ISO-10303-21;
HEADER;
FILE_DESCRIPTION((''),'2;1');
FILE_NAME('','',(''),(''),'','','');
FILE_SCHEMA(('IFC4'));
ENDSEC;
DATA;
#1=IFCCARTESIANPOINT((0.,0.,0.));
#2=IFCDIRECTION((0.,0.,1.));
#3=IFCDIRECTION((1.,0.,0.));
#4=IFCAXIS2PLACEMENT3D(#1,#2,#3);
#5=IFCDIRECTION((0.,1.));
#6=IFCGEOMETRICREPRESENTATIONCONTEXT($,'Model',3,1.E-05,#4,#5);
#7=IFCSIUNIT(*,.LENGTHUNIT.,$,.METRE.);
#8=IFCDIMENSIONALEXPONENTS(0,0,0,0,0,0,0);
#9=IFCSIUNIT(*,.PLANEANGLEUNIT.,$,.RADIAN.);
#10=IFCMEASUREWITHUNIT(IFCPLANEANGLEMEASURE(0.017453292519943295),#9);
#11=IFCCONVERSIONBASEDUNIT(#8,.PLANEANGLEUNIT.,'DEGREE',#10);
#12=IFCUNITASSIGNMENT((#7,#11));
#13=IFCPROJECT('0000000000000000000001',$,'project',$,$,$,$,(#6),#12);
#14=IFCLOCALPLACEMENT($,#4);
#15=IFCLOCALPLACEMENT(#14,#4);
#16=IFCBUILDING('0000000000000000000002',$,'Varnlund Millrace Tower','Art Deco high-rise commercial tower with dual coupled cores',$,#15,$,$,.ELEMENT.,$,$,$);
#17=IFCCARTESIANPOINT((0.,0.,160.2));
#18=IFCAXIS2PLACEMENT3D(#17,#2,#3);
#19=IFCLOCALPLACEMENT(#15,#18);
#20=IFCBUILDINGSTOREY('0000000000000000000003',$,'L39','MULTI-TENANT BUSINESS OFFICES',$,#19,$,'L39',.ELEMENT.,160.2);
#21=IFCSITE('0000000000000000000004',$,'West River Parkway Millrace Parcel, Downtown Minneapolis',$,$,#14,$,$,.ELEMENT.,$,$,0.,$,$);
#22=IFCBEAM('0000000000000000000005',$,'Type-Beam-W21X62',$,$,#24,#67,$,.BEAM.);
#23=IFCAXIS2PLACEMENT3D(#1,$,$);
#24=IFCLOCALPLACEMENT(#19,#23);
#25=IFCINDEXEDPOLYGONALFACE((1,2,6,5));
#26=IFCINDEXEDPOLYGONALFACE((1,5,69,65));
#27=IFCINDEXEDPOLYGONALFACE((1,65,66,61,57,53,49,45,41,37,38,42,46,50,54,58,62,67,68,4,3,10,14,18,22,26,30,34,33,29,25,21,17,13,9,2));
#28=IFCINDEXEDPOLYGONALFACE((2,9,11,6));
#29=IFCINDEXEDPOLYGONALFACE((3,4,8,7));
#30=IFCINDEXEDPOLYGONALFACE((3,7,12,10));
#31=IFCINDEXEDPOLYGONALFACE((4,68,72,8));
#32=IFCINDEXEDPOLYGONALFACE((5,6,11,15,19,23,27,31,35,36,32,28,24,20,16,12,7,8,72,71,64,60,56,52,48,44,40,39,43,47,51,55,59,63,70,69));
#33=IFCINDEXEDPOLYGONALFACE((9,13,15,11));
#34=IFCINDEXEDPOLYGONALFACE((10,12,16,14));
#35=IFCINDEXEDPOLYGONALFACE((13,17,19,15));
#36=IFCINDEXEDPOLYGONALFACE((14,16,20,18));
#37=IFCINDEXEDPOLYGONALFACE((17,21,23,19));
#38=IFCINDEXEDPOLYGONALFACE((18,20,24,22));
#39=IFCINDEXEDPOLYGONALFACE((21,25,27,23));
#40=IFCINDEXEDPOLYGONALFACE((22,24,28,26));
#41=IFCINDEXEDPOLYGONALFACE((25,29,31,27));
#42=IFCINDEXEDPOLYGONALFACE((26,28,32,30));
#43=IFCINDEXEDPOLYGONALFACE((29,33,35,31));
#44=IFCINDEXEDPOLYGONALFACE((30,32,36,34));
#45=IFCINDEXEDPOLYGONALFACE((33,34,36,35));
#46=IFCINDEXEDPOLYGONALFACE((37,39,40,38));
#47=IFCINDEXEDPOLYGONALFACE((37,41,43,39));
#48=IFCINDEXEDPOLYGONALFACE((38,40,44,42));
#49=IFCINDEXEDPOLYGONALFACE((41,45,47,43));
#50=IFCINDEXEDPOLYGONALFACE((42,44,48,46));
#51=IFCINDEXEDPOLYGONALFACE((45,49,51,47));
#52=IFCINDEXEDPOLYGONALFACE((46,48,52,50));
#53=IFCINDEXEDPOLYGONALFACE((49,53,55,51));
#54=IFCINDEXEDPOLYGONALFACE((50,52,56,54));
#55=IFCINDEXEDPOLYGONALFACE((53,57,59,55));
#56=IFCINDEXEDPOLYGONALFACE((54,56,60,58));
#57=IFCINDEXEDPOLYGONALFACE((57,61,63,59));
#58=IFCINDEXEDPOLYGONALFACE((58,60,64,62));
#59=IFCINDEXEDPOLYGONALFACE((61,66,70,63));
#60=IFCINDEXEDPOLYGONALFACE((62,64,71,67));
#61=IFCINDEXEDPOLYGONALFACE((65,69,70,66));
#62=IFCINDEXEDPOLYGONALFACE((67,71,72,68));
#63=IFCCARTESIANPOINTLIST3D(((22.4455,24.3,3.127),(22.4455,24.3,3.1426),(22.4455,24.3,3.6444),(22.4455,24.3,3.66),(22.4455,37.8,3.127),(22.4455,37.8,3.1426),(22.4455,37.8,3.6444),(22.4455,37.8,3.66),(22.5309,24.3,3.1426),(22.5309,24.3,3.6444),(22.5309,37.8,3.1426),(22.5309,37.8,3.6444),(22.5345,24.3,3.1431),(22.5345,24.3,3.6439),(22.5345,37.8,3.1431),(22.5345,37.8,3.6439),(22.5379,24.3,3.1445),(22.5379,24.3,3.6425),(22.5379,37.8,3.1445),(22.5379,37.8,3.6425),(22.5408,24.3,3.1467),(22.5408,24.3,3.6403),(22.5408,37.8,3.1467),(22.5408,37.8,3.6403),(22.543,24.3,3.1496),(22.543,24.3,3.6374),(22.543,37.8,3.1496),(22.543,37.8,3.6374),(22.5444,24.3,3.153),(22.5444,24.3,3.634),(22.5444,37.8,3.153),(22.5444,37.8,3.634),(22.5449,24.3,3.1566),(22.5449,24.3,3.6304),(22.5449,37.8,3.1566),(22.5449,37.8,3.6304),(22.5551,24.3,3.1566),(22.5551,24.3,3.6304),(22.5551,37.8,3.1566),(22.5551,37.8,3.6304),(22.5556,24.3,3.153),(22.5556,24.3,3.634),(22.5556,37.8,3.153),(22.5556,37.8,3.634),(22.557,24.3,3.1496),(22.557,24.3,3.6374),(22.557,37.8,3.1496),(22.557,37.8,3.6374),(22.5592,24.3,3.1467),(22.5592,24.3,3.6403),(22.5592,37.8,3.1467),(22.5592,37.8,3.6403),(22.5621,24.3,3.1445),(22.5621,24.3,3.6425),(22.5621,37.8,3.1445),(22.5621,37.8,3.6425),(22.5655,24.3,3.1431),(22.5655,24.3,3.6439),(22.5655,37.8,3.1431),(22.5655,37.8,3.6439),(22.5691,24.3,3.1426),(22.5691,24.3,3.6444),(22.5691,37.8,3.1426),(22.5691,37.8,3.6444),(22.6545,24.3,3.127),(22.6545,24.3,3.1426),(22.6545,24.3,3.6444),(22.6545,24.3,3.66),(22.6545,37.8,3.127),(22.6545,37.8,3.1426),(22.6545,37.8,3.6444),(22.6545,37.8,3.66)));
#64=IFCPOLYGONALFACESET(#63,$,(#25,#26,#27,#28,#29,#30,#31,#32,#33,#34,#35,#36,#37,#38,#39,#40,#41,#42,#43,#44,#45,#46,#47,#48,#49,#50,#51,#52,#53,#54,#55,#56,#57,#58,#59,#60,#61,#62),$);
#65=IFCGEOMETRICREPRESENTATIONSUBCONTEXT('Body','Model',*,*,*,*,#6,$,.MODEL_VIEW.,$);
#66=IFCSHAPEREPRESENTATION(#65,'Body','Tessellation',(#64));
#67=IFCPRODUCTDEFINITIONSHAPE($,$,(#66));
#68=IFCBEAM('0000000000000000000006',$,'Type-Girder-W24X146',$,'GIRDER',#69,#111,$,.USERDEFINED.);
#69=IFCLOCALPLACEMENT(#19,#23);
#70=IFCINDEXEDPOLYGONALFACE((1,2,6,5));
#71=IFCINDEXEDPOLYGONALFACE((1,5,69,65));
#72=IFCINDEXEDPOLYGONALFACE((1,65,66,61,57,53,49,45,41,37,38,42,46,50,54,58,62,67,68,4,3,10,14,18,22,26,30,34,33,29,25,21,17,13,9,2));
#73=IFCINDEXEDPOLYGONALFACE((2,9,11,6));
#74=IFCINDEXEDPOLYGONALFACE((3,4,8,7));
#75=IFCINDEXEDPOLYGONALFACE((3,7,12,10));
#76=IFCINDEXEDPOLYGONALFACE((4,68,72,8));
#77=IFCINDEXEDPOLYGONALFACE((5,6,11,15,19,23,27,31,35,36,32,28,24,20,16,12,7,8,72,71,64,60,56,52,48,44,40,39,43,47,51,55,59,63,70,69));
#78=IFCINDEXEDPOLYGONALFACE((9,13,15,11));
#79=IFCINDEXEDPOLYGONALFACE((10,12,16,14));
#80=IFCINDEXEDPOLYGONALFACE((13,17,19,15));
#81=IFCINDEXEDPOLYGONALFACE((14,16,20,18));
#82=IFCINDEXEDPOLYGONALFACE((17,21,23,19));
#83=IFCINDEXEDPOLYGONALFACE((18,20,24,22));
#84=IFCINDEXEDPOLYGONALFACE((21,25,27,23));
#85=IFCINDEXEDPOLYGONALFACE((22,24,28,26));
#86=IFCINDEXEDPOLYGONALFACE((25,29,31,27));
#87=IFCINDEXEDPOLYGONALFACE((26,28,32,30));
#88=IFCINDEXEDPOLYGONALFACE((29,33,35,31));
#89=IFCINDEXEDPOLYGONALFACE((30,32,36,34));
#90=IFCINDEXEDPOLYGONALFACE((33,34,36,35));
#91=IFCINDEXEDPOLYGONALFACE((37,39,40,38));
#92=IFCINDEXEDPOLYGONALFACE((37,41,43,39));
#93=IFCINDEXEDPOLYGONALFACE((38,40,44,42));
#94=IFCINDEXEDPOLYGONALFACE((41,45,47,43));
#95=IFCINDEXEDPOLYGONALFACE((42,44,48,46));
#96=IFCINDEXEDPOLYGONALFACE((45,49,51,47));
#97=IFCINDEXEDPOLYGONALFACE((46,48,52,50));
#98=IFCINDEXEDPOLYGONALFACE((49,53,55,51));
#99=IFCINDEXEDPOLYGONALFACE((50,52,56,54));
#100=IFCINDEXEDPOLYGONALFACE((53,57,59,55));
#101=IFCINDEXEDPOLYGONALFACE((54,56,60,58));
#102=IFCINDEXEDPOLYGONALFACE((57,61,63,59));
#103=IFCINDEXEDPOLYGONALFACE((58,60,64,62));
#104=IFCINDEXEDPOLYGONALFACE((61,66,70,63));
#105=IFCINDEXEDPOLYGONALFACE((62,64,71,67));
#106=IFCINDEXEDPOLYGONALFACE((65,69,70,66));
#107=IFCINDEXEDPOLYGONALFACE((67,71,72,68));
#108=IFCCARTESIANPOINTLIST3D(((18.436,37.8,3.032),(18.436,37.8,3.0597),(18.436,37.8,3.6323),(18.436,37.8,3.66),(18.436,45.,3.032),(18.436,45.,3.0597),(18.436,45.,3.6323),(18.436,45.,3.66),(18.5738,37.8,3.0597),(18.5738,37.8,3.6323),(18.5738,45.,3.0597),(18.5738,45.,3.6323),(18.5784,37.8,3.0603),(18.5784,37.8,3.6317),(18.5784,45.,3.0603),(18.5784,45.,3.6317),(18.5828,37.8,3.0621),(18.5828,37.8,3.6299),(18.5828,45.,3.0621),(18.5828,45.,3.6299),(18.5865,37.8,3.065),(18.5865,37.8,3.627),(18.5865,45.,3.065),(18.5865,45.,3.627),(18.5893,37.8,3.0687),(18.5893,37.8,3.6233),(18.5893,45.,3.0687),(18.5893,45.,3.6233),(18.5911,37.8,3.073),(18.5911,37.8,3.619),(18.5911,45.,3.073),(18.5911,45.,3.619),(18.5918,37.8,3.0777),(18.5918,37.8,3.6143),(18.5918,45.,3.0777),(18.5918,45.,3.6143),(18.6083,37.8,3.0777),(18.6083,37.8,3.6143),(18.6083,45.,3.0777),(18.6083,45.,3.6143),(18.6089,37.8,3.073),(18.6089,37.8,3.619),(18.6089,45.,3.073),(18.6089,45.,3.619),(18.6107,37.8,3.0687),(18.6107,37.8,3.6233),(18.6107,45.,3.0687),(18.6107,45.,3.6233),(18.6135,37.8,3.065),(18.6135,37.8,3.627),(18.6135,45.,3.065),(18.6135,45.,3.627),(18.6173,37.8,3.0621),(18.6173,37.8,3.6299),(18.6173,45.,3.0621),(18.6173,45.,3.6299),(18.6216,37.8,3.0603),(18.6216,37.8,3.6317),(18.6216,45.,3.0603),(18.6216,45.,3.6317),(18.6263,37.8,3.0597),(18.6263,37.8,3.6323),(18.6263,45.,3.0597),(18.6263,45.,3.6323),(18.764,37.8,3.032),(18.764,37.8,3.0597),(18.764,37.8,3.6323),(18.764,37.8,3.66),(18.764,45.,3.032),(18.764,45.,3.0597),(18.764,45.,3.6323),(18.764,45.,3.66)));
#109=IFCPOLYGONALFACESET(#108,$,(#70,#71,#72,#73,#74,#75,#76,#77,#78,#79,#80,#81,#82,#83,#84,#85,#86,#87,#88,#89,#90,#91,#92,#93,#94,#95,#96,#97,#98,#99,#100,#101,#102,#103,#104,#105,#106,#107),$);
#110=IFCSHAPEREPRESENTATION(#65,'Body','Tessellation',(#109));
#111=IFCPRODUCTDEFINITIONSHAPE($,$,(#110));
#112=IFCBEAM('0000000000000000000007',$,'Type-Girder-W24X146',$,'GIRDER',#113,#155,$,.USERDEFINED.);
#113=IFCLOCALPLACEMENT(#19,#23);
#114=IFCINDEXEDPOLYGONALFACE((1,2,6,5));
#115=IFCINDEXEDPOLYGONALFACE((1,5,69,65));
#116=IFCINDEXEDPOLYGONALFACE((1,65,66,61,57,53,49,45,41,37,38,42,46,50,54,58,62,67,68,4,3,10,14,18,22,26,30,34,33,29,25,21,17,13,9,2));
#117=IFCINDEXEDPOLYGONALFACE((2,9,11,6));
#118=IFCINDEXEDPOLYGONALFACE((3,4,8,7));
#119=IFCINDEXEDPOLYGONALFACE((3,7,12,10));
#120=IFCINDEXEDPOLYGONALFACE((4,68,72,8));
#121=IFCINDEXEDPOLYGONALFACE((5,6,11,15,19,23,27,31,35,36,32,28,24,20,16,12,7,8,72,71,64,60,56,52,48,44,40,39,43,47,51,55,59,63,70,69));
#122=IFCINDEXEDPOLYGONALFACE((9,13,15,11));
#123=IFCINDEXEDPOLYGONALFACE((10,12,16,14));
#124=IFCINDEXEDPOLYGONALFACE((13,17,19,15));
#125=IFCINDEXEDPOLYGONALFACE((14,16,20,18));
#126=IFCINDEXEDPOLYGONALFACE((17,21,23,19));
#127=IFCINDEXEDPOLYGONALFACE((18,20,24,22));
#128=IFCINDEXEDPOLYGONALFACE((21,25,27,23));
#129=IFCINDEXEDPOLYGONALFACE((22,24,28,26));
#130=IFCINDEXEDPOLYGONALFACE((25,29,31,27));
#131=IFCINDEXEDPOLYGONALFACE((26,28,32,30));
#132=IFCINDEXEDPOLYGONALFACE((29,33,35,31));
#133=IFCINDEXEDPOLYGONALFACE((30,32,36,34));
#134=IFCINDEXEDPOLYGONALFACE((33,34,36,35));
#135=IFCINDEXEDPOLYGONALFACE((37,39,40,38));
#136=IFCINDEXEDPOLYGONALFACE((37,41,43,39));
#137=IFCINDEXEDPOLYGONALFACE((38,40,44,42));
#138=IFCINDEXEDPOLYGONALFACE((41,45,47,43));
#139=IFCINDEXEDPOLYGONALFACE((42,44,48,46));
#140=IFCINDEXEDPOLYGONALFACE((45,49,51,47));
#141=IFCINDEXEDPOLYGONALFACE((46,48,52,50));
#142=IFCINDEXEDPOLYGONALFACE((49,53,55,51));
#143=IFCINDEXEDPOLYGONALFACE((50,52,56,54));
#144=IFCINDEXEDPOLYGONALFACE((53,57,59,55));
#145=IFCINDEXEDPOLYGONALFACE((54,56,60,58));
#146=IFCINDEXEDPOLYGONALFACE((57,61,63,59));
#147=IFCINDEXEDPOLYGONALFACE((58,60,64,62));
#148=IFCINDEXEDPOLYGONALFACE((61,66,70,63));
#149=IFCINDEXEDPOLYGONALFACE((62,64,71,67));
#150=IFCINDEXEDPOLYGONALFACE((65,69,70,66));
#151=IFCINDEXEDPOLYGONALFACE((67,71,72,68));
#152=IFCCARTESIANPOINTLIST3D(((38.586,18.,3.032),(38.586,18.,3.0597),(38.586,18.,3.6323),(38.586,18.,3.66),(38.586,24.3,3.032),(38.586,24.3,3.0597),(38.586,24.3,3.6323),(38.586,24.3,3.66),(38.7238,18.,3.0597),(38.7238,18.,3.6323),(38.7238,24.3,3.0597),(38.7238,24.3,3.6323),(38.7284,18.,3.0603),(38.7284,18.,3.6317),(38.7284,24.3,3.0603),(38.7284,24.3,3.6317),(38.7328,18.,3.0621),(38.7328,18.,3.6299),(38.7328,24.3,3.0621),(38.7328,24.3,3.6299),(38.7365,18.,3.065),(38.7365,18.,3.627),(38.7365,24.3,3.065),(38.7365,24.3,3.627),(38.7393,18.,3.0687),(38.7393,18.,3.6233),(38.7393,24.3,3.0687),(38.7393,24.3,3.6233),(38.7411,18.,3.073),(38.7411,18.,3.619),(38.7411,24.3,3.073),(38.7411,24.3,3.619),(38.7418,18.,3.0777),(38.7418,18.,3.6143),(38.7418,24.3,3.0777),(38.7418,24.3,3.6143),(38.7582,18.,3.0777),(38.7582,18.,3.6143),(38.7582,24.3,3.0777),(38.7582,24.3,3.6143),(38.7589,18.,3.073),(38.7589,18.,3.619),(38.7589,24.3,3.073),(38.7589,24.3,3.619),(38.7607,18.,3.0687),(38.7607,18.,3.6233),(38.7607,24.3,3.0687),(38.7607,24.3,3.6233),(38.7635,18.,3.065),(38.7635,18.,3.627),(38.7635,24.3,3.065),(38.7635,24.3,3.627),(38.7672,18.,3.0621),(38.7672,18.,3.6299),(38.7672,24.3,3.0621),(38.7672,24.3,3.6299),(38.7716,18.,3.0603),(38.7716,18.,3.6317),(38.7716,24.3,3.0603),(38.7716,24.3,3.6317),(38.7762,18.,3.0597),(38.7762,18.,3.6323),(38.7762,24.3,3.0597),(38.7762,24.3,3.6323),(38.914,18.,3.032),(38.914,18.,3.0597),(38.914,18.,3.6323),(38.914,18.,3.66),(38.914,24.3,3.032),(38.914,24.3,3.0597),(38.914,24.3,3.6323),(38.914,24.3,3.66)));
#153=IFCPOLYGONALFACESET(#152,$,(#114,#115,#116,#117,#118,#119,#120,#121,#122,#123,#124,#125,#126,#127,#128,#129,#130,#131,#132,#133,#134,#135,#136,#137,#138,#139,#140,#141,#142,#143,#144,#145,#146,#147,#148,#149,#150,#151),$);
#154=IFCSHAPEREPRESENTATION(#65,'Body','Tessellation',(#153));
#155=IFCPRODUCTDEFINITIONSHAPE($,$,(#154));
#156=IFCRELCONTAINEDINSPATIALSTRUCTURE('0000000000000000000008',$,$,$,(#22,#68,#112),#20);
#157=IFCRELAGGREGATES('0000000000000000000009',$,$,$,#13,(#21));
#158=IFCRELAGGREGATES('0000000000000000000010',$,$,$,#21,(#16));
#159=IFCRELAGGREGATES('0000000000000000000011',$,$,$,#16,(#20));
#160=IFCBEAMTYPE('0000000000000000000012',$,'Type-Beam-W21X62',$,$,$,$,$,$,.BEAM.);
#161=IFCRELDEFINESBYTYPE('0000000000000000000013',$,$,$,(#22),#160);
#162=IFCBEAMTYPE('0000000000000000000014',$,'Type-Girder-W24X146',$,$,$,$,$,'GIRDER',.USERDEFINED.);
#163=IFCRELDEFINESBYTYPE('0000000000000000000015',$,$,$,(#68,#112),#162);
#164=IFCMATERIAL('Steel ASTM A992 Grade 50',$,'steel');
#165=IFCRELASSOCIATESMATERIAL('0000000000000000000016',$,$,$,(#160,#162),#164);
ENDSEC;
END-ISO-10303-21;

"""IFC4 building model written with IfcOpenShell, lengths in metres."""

from ifc_helpers import new_model, entity, si_unit, converted_unit, direction, frame, origin_with_axes, origin_2d_with_axis, place, context, subcontext, project, spatial, i_section, extrude, material, material_profile, profile_set, type_object, element, save


model = new_model("IFC4")

# Units and contexts
model_context = context("Model", 3, precision=1e-05, world=origin_with_axes(), true_north=direction((0.0, 1.0)))
body_context = subcontext(model_context, "Body", "Model", "MODEL_VIEW")
ifc_project = project(units=[si_unit("LENGTHUNIT", "METRE"), converted_unit("PLANEANGLEUNIT", "DEGREE", entity("IfcPlaneAngleMeasure", 0.017453292519943295), si_unit("PLANEANGLEUNIT", "RADIAN"), dimensions=[0, 0, 0, 0, 0, 0, 0])], contexts=[model_context])

# Site, building, storey
site_placement = place(None, origin_with_axes())
site = spatial("IfcSite", under=ifc_project, at=site_placement, Name="West River Parkway Millrace Parcel, Downtown Minneapolis", CompositionType="ELEMENT", RefElevation=0.0)
building_placement = place(site_placement, origin_with_axes())
building = spatial("IfcBuilding", under=site, at=building_placement, Name="Varnlund Millrace Tower", Description="Art Deco high-rise commercial tower with dual coupled cores", CompositionType="ELEMENT")
storey_placement = place(building_placement, frame((0.0, 0.0, 160.2), z_axis=(0.0, 0.0, 1.0), x_axis=(1.0, 0.0, 0.0)))
storey = spatial("IfcBuildingStorey", under=building, at=storey_placement, Name="L39", Description="MULTI-TENANT BUSINESS OFFICES", LongName="L39", CompositionType="ELEMENT", Elevation=160.2)

# Beams
ifc_material_1 = material(Name="Steel ASTM A992 Grade 50", Category="steel")
ifc_material_profile_1 = material_profile(ifc_material_1, i_section(OverallWidth=0.209, OverallDepth=0.533, WebThickness=0.0102, FlangeThickness=0.0156, FilletRadius=0.014, at=origin_2d_with_axis()), Name="Steel ASTM A992 Grade 50")
ifc_profile_set_1 = profile_set([ifc_material_profile_1], Name="Steel ASTM A992 Grade 50")
beam_type_1 = type_object("IfcBeamType", Name="Type-Beam-W21X62", PredefinedType="BEAM", material=ifc_profile_set_1)
beam_1_placement = place(storey_placement, frame((22.55, 24.3, 3.3935), z_axis=(0.0, 1.0, 0.0), x_axis=(-1.0, 0.0, 0.0)))
element("IfcBeam", 1, at=beam_1_placement, inside=storey, type_object=beam_type_1, Name="Type-Beam-W21X62", PredefinedType="BEAM", context=body_context, shape_type="SweptSolid", body=[
    extrude(i_section(OverallWidth=0.209, OverallDepth=0.533, WebThickness=0.0102, FlangeThickness=0.0156, FilletRadius=0.014, at=origin_2d_with_axis()), origin_with_axes(), (0.0, 0.0, 1.0), 13.5),
])
ifc_material_profile_2 = material_profile(ifc_material_1, i_section(OverallWidth=0.328, OverallDepth=0.628, WebThickness=0.0165, FlangeThickness=0.0277, FilletRadius=0.018, at=origin_2d_with_axis()), Name="Steel ASTM A992 Grade 50")
ifc_profile_set_2 = profile_set([ifc_material_profile_2], Name="Steel ASTM A992 Grade 50")
beam_type_2 = type_object("IfcBeamType", Name="Type-Girder-W24X146", ElementType="GIRDER", PredefinedType="USERDEFINED", material=ifc_profile_set_2)
beam_2_placement = place(storey_placement, frame((18.6, 37.8, 3.346), z_axis=(0.0, 1.0, 0.0), x_axis=(-1.0, 0.0, 0.0)))
element("IfcBeam", 2, at=beam_2_placement, inside=storey, type_object=beam_type_2, Name="Type-Girder-W24X146", ObjectType="GIRDER", PredefinedType="USERDEFINED", context=body_context, shape_type="SweptSolid", body=[
    extrude(i_section(OverallWidth=0.328, OverallDepth=0.628, WebThickness=0.0165, FlangeThickness=0.0277, FilletRadius=0.018, at=origin_2d_with_axis()), origin_with_axes(), (0.0, 0.0, 1.0), 7.2),
])
beam_3_placement = place(storey_placement, frame((38.75, 18.0, 3.346), z_axis=(0.0, 1.0, 0.0), x_axis=(-1.0, 0.0, 0.0)))
element("IfcBeam", 3, at=beam_3_placement, inside=storey, type_object=beam_type_2, Name="Type-Girder-W24X146", ObjectType="GIRDER", PredefinedType="USERDEFINED", context=body_context, shape_type="SweptSolid", body=[
    extrude(i_section(OverallWidth=0.328, OverallDepth=0.628, WebThickness=0.0165, FlangeThickness=0.0277, FilletRadius=0.018, at=origin_2d_with_axis()), origin_with_axes(), (0.0, 0.0, 1.0), 6.3),
])

save(model, "model.ifc")
